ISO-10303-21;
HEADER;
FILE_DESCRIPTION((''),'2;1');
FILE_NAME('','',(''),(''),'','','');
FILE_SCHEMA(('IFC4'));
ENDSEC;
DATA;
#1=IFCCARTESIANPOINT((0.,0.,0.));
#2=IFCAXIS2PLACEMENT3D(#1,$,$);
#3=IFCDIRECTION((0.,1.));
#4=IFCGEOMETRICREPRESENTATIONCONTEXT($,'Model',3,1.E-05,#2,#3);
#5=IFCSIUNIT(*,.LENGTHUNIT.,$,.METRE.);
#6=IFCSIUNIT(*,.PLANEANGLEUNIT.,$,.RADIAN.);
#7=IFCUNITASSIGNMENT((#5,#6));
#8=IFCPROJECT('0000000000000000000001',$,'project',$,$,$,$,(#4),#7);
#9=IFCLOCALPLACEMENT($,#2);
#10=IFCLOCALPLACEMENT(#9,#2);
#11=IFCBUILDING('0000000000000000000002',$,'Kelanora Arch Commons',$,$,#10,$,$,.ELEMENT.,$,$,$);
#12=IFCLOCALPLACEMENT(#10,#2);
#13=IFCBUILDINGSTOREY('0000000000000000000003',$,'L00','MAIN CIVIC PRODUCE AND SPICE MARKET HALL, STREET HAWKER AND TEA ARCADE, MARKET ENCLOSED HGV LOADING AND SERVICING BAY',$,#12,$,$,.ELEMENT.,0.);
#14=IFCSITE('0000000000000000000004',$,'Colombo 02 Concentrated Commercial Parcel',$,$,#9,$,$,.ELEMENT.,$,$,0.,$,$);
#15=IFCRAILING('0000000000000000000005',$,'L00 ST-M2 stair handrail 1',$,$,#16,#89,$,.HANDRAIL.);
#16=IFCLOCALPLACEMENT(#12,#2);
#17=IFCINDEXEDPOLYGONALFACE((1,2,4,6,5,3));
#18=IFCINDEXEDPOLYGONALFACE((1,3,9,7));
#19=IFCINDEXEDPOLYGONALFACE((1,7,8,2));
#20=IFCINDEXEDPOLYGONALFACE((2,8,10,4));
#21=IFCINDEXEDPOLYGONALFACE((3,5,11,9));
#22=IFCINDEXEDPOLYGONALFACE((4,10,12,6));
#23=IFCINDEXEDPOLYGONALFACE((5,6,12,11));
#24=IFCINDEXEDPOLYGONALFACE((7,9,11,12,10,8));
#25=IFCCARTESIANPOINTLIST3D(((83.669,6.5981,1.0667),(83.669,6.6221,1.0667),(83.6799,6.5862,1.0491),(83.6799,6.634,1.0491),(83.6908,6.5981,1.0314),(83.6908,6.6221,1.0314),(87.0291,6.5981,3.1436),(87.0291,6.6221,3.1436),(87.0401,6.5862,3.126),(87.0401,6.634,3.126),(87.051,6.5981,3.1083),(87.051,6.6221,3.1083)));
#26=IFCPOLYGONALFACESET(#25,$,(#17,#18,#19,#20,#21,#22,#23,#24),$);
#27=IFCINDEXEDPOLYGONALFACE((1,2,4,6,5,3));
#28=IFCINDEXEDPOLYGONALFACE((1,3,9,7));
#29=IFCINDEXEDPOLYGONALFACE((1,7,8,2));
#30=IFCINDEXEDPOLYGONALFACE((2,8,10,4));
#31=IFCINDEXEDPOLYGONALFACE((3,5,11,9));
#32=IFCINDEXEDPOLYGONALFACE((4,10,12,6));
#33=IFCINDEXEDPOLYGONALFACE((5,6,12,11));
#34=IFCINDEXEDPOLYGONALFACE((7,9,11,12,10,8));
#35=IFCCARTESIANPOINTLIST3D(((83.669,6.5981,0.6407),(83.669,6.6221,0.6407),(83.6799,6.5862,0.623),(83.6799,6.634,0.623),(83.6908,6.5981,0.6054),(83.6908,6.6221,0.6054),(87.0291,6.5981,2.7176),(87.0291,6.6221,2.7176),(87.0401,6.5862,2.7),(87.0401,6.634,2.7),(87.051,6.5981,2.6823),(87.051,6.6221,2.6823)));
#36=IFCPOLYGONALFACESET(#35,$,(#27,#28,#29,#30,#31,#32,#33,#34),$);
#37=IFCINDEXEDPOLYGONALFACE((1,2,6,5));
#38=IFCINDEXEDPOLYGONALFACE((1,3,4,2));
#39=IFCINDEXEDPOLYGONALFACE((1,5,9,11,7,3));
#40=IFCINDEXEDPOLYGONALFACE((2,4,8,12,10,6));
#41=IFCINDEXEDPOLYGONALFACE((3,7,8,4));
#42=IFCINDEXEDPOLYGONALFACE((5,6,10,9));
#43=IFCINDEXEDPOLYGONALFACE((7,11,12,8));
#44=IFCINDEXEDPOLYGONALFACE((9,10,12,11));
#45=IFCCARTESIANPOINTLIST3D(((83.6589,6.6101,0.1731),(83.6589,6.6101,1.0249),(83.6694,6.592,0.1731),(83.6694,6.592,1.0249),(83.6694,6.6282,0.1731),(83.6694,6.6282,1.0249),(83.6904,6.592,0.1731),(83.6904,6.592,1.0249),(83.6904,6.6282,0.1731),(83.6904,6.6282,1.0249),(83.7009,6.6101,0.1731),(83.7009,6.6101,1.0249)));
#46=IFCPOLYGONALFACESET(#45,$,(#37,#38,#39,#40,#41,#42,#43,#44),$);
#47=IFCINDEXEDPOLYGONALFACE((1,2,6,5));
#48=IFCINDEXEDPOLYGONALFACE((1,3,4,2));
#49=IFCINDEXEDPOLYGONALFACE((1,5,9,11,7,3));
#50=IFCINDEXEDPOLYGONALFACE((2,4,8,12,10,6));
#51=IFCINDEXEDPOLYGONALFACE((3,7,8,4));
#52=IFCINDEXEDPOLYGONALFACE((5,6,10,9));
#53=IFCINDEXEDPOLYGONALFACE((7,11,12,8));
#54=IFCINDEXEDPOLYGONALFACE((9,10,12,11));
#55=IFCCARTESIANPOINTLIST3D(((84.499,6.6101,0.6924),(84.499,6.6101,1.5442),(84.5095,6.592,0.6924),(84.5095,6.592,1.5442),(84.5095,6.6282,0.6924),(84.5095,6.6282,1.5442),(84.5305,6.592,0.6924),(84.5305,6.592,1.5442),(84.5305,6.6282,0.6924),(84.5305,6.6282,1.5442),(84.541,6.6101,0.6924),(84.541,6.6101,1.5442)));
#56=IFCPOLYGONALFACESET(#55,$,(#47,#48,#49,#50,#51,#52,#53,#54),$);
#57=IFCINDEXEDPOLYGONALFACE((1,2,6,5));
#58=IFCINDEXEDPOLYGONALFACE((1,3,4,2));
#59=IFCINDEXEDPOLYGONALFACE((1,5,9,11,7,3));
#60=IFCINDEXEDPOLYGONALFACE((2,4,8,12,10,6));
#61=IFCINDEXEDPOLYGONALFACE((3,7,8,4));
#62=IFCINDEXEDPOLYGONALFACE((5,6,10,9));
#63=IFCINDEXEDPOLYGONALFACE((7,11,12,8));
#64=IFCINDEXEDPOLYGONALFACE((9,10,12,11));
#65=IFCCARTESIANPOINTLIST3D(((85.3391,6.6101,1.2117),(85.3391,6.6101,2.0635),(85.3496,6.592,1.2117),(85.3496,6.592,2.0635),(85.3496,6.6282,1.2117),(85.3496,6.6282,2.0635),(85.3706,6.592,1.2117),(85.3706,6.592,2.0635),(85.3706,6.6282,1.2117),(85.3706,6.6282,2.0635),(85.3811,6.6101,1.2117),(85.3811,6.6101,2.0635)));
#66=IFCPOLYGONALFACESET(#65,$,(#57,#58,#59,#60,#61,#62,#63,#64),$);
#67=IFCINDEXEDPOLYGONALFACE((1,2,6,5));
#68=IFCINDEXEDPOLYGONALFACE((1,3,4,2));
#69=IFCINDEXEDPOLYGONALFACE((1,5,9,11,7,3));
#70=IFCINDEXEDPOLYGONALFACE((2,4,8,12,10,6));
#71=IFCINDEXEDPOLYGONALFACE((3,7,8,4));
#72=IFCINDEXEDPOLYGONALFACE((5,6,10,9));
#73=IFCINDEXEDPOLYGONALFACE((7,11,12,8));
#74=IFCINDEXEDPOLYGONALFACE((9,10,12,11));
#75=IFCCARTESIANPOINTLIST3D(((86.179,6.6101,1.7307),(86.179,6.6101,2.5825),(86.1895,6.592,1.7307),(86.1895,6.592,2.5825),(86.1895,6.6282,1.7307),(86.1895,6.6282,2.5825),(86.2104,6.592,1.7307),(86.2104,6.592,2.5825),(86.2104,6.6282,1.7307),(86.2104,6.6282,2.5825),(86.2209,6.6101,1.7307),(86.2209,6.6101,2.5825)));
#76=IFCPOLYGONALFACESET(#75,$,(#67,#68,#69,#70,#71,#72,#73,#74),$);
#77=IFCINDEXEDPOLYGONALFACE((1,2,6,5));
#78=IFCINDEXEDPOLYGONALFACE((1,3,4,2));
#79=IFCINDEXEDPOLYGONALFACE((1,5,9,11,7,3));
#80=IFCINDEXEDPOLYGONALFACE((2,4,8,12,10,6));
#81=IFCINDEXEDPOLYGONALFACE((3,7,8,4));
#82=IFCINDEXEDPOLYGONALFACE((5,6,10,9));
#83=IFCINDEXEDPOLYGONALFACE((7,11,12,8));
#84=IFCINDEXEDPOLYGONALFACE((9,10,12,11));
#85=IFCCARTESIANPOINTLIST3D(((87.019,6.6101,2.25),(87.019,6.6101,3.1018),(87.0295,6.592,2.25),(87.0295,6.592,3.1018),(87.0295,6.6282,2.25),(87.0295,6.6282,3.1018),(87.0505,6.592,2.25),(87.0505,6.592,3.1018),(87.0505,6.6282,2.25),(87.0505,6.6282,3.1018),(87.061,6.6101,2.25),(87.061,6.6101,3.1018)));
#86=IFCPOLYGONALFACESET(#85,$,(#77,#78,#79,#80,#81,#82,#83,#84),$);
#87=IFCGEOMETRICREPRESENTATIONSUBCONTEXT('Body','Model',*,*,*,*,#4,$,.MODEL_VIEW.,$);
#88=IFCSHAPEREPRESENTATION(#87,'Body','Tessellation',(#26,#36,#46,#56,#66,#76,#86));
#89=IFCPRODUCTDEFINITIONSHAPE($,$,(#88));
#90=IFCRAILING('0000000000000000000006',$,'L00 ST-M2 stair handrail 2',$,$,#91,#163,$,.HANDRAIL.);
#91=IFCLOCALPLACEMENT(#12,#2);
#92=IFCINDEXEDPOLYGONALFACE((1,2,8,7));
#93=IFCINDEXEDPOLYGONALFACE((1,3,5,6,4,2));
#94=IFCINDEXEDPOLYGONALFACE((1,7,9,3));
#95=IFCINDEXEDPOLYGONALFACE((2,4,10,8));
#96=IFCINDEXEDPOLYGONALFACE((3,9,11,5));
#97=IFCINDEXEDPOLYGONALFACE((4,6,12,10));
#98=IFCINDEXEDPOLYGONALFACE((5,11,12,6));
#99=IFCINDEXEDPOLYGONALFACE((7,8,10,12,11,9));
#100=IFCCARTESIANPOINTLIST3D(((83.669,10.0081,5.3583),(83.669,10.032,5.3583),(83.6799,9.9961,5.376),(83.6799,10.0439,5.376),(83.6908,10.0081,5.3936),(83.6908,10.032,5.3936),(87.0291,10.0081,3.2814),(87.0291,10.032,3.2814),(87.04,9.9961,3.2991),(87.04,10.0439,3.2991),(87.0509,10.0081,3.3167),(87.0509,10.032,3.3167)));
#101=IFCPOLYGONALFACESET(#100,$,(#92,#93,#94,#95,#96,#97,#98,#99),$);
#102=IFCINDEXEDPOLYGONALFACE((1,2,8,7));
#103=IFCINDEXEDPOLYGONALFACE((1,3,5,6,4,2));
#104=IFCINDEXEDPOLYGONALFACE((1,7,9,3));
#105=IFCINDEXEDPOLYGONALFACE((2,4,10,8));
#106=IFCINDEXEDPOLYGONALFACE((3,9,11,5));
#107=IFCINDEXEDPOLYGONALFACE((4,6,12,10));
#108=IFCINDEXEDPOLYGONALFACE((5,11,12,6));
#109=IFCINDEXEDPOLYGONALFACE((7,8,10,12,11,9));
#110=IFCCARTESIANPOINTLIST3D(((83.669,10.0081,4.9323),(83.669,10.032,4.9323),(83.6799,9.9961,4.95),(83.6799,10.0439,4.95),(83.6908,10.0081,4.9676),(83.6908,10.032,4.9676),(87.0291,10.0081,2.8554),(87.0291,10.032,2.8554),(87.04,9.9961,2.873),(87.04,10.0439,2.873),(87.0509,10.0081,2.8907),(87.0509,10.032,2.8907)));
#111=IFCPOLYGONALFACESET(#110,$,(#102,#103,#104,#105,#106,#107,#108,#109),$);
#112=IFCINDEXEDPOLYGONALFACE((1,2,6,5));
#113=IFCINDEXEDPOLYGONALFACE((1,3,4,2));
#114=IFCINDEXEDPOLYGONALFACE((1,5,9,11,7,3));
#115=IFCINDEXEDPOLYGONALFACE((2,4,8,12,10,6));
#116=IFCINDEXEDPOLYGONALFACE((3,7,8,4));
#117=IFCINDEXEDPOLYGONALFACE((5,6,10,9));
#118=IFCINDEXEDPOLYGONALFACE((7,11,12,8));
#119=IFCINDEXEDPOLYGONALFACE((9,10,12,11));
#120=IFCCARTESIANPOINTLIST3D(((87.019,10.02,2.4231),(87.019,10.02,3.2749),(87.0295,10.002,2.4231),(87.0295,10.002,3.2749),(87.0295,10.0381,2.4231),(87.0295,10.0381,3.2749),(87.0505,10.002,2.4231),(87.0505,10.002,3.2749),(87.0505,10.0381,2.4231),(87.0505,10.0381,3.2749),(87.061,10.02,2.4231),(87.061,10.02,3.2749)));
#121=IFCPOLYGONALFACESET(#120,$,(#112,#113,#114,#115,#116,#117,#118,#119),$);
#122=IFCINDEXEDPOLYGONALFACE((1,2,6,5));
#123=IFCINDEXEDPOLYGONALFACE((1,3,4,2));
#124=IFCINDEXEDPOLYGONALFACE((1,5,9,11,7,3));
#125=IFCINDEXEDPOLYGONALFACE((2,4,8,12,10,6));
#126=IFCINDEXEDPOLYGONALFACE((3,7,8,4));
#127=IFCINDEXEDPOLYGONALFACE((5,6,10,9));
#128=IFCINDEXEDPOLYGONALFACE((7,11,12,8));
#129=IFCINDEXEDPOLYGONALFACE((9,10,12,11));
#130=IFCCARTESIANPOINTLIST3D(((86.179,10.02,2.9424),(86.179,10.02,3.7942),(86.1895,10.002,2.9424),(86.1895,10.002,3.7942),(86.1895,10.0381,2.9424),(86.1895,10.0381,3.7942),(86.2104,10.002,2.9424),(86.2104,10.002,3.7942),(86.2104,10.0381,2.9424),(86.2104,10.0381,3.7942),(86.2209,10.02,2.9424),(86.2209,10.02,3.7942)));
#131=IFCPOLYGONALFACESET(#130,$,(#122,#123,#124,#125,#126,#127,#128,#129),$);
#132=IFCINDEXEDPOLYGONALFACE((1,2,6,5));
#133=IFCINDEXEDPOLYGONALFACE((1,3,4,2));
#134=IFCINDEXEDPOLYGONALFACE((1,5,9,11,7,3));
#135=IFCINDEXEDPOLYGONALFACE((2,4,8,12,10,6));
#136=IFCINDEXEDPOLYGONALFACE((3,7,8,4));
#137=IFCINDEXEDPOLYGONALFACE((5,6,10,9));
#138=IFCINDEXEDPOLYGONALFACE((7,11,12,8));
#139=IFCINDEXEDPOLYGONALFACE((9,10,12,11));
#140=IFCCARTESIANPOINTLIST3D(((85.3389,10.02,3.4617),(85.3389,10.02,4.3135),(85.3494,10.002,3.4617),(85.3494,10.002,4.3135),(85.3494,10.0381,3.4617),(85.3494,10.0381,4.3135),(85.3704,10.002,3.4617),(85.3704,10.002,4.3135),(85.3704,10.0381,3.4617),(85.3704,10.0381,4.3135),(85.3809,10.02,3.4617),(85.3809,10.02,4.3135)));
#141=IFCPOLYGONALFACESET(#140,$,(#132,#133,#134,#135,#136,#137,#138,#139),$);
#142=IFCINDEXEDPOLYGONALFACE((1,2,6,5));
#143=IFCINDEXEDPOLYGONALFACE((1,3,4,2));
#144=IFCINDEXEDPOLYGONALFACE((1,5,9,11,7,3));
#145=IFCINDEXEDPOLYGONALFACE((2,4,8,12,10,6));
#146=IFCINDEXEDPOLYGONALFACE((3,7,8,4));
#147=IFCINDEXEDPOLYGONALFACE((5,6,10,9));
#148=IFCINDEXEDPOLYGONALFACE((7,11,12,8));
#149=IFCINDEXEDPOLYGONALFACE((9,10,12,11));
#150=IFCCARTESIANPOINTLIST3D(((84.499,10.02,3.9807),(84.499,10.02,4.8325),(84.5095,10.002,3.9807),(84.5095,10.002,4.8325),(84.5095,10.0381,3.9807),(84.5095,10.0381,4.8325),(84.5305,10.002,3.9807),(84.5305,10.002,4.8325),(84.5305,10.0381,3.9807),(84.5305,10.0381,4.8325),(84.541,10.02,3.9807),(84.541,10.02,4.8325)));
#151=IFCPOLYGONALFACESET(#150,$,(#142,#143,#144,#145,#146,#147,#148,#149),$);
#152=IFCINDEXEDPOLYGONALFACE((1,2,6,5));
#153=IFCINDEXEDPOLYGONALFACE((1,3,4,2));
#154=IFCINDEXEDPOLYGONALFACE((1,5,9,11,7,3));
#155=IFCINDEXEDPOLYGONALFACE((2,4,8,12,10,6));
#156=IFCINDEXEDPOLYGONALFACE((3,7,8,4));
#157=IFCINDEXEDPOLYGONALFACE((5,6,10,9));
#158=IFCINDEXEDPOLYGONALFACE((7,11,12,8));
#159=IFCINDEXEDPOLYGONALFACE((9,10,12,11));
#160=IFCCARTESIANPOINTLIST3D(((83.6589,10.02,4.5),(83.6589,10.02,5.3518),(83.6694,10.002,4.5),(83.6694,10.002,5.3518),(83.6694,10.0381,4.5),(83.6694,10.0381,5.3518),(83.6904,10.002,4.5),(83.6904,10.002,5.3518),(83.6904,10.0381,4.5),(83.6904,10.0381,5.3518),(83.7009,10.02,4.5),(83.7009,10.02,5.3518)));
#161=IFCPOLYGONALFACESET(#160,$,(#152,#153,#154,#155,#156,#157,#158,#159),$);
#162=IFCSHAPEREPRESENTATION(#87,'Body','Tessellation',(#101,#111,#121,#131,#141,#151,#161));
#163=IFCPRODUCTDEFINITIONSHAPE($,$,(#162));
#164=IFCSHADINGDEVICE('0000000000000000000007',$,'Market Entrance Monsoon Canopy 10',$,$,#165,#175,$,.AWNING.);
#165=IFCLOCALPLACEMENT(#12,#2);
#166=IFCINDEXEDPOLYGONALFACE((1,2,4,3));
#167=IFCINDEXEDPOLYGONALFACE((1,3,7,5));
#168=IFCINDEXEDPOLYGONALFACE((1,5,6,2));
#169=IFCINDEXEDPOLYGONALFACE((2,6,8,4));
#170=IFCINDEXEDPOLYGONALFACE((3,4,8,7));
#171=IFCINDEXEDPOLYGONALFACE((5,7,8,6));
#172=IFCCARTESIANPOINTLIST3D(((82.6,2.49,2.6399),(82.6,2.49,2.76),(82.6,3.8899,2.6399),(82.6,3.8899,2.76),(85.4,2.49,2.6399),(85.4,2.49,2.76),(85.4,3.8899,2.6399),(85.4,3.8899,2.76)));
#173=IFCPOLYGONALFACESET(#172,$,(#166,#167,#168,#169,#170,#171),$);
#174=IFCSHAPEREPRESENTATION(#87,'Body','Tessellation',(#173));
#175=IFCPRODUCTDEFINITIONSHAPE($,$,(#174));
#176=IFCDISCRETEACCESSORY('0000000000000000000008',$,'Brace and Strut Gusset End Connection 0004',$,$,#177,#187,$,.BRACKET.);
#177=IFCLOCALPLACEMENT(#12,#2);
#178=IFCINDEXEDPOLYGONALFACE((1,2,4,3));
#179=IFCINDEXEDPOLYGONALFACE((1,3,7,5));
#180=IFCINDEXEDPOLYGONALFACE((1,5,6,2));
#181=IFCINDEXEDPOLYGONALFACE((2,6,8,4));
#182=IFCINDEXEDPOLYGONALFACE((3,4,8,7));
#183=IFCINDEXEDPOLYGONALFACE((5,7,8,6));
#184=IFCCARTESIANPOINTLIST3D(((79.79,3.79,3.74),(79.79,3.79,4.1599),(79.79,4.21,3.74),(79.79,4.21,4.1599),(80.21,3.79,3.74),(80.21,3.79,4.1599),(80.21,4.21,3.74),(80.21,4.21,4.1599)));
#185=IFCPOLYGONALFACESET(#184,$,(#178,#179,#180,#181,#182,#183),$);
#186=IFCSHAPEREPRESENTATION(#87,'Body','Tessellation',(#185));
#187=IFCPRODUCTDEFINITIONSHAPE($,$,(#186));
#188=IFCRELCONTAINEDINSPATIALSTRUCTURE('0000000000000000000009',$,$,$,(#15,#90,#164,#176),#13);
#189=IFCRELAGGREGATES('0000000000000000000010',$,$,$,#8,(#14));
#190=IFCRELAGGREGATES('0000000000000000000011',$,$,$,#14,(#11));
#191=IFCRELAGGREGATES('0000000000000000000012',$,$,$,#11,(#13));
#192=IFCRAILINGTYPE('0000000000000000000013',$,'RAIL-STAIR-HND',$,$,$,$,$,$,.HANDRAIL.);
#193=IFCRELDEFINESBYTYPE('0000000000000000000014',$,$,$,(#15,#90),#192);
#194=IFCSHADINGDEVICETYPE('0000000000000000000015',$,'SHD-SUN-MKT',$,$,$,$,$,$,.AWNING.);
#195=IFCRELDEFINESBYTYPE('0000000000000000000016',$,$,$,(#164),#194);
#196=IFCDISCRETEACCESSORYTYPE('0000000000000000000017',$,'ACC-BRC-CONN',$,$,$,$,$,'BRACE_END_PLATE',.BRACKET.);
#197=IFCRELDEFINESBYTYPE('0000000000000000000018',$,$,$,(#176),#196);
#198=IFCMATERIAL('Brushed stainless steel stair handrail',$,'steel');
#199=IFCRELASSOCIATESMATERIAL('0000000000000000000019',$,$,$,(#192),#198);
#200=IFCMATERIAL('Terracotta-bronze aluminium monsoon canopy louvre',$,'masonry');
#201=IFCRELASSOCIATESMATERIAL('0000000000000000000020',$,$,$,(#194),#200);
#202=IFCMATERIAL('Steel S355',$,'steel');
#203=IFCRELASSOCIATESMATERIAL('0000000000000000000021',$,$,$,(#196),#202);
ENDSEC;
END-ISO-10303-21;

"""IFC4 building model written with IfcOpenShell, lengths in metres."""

from ifc_helpers import new_model, si_unit, direction, frame, origin, origin_2d, place, context, subcontext, project, spatial, polyline, rectangle, outline, extrude, source, transform, mapped, material, type_object, element, save


model = new_model("IFC4")

# Units and contexts
model_context = context("Model", 3, precision=1e-05, world=origin(), true_north=direction((0.0, 1.0)))
body_context = subcontext(model_context, "Body", "Model", "MODEL_VIEW")
ifc_project = project(units=[si_unit("LENGTHUNIT", "METRE"), si_unit("PLANEANGLEUNIT", "RADIAN")], contexts=[model_context])

# Site, building, storey
site_placement = place(None, origin())
site = spatial("IfcSite", under=ifc_project, at=site_placement, Name="Colombo 02 Concentrated Commercial Parcel", CompositionType="ELEMENT", RefElevation=0.0)
building_placement = place(site_placement, origin())
building = spatial("IfcBuilding", under=site, at=building_placement, Name="Kelanora Arch Commons", CompositionType="ELEMENT")
storey_placement = place(building_placement, origin())
storey = spatial("IfcBuildingStorey", under=building, at=storey_placement, Name="L00", Description="MAIN CIVIC PRODUCE AND SPICE MARKET HALL, STREET HAWKER AND TEA ARCADE, MARKET ENCLOSED HGV LOADING AND SERVICING BAY", CompositionType="ELEMENT", Elevation=0.0)

# Railings
ifc_material_1 = material(Name="Brushed stainless steel stair handrail", Category="steel")
railing_type_1 = type_object("IfcRailingType", Name="RAIL-STAIR-HND", PredefinedType="HANDRAIL", material=ifc_material_1)
railing_1_placement = place(storey_placement, frame((83.6799, 6.6101, 0.1731)))
element("IfcRailing", 1, at=railing_1_placement, inside=storey, type_object=railing_type_1, Name="L00 ST-M2 stair handrail 1", PredefinedType="HANDRAIL", context=body_context, shape_type="SweptSolid", body=[
    extrude(outline(polyline([(0.0239, 0.0), (0.012, 0.0208), (-0.012, 0.0208), (-0.0239, 0.0), (-0.012, -0.0208), (0.012, -0.0208), (0.0239, 0.0)])), frame((0.0, 0.0, 0.876), z_axis=(0.850623, 0.0, 0.525776), x_axis=(0.0, 1.0, 0.0)), (0.0, 0.0, 1.0), 3.9502),
    extrude(outline(polyline([(0.0239, 0.0), (0.012, 0.0208), (-0.012, 0.0208), (-0.0239, 0.0), (-0.012, -0.0208), (0.012, -0.0208), (0.0239, 0.0)])), frame((0.0, 0.0, 0.45), z_axis=(0.850623, 0.0, 0.525776), x_axis=(0.0, 1.0, 0.0)), (0.0, 0.0, 1.0), 3.9502),
    extrude(outline(polyline([(0.021, 0.0), (0.0105, 0.0181), (-0.0105, 0.0181), (-0.021, 0.0), (-0.0105, -0.0181), (0.0105, -0.0181), (0.021, 0.0)])), origin(), (0.0, 0.0, 1.0), 0.8518),
    extrude(outline(polyline([(0.021, 0.0), (0.0105, 0.0181), (-0.0105, 0.0181), (-0.021, 0.0), (-0.0105, -0.0181), (0.0105, -0.0181), (0.021, 0.0)])), frame((0.8401, 0.0, 0.5193)), (0.0, 0.0, 1.0), 0.8518),
    extrude(outline(polyline([(0.021, 0.0), (0.0105, 0.0181), (-0.0105, 0.0181), (-0.021, 0.0), (-0.0105, -0.0181), (0.0105, -0.0181), (0.021, 0.0)])), frame((1.6802, 0.0, 1.0386)), (0.0, 0.0, 1.0), 0.8518),
    extrude(outline(polyline([(0.021, 0.0), (0.0105, 0.0181), (-0.0105, 0.0181), (-0.021, 0.0), (-0.0105, -0.0181), (0.0105, -0.0181), (0.021, 0.0)])), frame((2.52, 0.0, 1.5576)), (0.0, 0.0, 1.0), 0.8518),
    extrude(outline(polyline([(0.021, 0.0), (0.0105, 0.0181), (-0.0105, 0.0181), (-0.021, 0.0), (-0.0105, -0.0181), (0.0105, -0.0181), (0.021, 0.0)])), frame((3.3601, 0.0, 2.0769)), (0.0, 0.0, 1.0), 0.8518),
])
railing_2_placement = place(storey_placement, frame((87.04, 10.02, 2.4231)))
element("IfcRailing", 2, at=railing_2_placement, inside=storey, type_object=railing_type_1, Name="L00 ST-M2 stair handrail 2", PredefinedType="HANDRAIL", context=body_context, shape_type="SweptSolid", body=[
    extrude(outline(polyline([(0.0239, 0.0), (0.012, 0.0208), (-0.012, 0.0208), (-0.0239, 0.0), (-0.012, -0.0208), (0.012, -0.0208), (0.0239, 0.0)])), frame((0.0, 0.0, 0.876), z_axis=(-0.850623, 0.0, 0.525776), x_axis=(0.0, -1.0, 0.0)), (0.0, 0.0, 1.0), 3.9502),
    extrude(outline(polyline([(0.0239, 0.0), (0.012, 0.0208), (-0.012, 0.0208), (-0.0239, 0.0), (-0.012, -0.0208), (0.012, -0.0208), (0.0239, 0.0)])), frame((0.0, 0.0, 0.45), z_axis=(-0.850623, 0.0, 0.525776), x_axis=(0.0, -1.0, 0.0)), (0.0, 0.0, 1.0), 3.9502),
    extrude(outline(polyline([(0.021, 0.0), (0.0105, 0.0181), (-0.0105, 0.0181), (-0.021, 0.0), (-0.0105, -0.0181), (0.0105, -0.0181), (0.021, 0.0)])), origin(), (0.0, 0.0, 1.0), 0.8518),
    extrude(outline(polyline([(0.021, 0.0), (0.0105, 0.0181), (-0.0105, 0.0181), (-0.021, 0.0), (-0.0105, -0.0181), (0.0105, -0.0181), (0.021, 0.0)])), frame((-0.8401, 0.0, 0.5193)), (0.0, 0.0, 1.0), 0.8518),
    extrude(outline(polyline([(0.021, 0.0), (0.0105, 0.0181), (-0.0105, 0.0181), (-0.021, 0.0), (-0.0105, -0.0181), (0.0105, -0.0181), (0.021, 0.0)])), frame((-1.6802, 0.0, 1.0386)), (0.0, 0.0, 1.0), 0.8518),
    extrude(outline(polyline([(0.021, 0.0), (0.0105, 0.0181), (-0.0105, 0.0181), (-0.021, 0.0), (-0.0105, -0.0181), (0.0105, -0.0181), (0.021, 0.0)])), frame((-2.52, 0.0, 1.5576)), (0.0, 0.0, 1.0), 0.8518),
    extrude(outline(polyline([(0.021, 0.0), (0.0105, 0.0181), (-0.0105, 0.0181), (-0.021, 0.0), (-0.0105, -0.0181), (0.0105, -0.0181), (0.021, 0.0)])), frame((-3.3601, 0.0, 2.0769)), (0.0, 0.0, 1.0), 0.8518),
])

# Shading device
ifc_material_2 = material(Name="Terracotta-bronze aluminium monsoon canopy louvre", Category="masonry")
shading_device_type = type_object("IfcShadingDeviceType", Name="SHD-SUN-MKT", PredefinedType="AWNING", material=ifc_material_2)
shared_shape_1 = source(origin(), body_context, "Body", "SweptSolid", [
    extrude(rectangle(XDim=2.8, YDim=1.3999, at=origin_2d()), origin(), (0.0, 0.0, 1.0), 0.1201),
])
shading_device_placement = place(storey_placement, frame((84.0, 3.1899, 2.6399), z_axis=(0.0, 0.0, 1.0), x_axis=(1.0, 0.0, 0.0)))
element("IfcShadingDevice", 3, at=shading_device_placement, inside=storey, type_object=shading_device_type, Name="Market Entrance Monsoon Canopy 10", PredefinedType="AWNING", context=body_context, shape_type="MappedRepresentation", body=[
    mapped(shared_shape_1, transform((0.0, 0.0, 0.0), scale=1.0)),
])

# Discrete accessory
ifc_material_3 = material(Name="Steel S355", Category="steel")
discrete_accessory_type = type_object("IfcDiscreteAccessoryType", Name="ACC-BRC-CONN", ElementType="BRACE_END_PLATE", PredefinedType="BRACKET", material=ifc_material_3)
shared_shape_2 = source(origin(), body_context, "Body", "SweptSolid", [
    extrude(rectangle(XDim=0.4199, YDim=0.4199, at=origin_2d()), origin(), (0.0, 0.0, 1.0), 0.4199),
])
discrete_accessory_placement = place(storey_placement, frame((80.0, 4.0, 3.74), z_axis=(0.0, 0.0, 1.0), x_axis=(1.0, 0.0, 0.0)))
element("IfcDiscreteAccessory", 4, at=discrete_accessory_placement, inside=storey, type_object=discrete_accessory_type, Name="Brace and Strut Gusset End Connection 0004", PredefinedType="BRACKET", context=body_context, shape_type="MappedRepresentation", body=[
    mapped(shared_shape_2, transform((0.0, 0.0, 0.0), scale=1.0)),
])

save(model, "model.ifc")
